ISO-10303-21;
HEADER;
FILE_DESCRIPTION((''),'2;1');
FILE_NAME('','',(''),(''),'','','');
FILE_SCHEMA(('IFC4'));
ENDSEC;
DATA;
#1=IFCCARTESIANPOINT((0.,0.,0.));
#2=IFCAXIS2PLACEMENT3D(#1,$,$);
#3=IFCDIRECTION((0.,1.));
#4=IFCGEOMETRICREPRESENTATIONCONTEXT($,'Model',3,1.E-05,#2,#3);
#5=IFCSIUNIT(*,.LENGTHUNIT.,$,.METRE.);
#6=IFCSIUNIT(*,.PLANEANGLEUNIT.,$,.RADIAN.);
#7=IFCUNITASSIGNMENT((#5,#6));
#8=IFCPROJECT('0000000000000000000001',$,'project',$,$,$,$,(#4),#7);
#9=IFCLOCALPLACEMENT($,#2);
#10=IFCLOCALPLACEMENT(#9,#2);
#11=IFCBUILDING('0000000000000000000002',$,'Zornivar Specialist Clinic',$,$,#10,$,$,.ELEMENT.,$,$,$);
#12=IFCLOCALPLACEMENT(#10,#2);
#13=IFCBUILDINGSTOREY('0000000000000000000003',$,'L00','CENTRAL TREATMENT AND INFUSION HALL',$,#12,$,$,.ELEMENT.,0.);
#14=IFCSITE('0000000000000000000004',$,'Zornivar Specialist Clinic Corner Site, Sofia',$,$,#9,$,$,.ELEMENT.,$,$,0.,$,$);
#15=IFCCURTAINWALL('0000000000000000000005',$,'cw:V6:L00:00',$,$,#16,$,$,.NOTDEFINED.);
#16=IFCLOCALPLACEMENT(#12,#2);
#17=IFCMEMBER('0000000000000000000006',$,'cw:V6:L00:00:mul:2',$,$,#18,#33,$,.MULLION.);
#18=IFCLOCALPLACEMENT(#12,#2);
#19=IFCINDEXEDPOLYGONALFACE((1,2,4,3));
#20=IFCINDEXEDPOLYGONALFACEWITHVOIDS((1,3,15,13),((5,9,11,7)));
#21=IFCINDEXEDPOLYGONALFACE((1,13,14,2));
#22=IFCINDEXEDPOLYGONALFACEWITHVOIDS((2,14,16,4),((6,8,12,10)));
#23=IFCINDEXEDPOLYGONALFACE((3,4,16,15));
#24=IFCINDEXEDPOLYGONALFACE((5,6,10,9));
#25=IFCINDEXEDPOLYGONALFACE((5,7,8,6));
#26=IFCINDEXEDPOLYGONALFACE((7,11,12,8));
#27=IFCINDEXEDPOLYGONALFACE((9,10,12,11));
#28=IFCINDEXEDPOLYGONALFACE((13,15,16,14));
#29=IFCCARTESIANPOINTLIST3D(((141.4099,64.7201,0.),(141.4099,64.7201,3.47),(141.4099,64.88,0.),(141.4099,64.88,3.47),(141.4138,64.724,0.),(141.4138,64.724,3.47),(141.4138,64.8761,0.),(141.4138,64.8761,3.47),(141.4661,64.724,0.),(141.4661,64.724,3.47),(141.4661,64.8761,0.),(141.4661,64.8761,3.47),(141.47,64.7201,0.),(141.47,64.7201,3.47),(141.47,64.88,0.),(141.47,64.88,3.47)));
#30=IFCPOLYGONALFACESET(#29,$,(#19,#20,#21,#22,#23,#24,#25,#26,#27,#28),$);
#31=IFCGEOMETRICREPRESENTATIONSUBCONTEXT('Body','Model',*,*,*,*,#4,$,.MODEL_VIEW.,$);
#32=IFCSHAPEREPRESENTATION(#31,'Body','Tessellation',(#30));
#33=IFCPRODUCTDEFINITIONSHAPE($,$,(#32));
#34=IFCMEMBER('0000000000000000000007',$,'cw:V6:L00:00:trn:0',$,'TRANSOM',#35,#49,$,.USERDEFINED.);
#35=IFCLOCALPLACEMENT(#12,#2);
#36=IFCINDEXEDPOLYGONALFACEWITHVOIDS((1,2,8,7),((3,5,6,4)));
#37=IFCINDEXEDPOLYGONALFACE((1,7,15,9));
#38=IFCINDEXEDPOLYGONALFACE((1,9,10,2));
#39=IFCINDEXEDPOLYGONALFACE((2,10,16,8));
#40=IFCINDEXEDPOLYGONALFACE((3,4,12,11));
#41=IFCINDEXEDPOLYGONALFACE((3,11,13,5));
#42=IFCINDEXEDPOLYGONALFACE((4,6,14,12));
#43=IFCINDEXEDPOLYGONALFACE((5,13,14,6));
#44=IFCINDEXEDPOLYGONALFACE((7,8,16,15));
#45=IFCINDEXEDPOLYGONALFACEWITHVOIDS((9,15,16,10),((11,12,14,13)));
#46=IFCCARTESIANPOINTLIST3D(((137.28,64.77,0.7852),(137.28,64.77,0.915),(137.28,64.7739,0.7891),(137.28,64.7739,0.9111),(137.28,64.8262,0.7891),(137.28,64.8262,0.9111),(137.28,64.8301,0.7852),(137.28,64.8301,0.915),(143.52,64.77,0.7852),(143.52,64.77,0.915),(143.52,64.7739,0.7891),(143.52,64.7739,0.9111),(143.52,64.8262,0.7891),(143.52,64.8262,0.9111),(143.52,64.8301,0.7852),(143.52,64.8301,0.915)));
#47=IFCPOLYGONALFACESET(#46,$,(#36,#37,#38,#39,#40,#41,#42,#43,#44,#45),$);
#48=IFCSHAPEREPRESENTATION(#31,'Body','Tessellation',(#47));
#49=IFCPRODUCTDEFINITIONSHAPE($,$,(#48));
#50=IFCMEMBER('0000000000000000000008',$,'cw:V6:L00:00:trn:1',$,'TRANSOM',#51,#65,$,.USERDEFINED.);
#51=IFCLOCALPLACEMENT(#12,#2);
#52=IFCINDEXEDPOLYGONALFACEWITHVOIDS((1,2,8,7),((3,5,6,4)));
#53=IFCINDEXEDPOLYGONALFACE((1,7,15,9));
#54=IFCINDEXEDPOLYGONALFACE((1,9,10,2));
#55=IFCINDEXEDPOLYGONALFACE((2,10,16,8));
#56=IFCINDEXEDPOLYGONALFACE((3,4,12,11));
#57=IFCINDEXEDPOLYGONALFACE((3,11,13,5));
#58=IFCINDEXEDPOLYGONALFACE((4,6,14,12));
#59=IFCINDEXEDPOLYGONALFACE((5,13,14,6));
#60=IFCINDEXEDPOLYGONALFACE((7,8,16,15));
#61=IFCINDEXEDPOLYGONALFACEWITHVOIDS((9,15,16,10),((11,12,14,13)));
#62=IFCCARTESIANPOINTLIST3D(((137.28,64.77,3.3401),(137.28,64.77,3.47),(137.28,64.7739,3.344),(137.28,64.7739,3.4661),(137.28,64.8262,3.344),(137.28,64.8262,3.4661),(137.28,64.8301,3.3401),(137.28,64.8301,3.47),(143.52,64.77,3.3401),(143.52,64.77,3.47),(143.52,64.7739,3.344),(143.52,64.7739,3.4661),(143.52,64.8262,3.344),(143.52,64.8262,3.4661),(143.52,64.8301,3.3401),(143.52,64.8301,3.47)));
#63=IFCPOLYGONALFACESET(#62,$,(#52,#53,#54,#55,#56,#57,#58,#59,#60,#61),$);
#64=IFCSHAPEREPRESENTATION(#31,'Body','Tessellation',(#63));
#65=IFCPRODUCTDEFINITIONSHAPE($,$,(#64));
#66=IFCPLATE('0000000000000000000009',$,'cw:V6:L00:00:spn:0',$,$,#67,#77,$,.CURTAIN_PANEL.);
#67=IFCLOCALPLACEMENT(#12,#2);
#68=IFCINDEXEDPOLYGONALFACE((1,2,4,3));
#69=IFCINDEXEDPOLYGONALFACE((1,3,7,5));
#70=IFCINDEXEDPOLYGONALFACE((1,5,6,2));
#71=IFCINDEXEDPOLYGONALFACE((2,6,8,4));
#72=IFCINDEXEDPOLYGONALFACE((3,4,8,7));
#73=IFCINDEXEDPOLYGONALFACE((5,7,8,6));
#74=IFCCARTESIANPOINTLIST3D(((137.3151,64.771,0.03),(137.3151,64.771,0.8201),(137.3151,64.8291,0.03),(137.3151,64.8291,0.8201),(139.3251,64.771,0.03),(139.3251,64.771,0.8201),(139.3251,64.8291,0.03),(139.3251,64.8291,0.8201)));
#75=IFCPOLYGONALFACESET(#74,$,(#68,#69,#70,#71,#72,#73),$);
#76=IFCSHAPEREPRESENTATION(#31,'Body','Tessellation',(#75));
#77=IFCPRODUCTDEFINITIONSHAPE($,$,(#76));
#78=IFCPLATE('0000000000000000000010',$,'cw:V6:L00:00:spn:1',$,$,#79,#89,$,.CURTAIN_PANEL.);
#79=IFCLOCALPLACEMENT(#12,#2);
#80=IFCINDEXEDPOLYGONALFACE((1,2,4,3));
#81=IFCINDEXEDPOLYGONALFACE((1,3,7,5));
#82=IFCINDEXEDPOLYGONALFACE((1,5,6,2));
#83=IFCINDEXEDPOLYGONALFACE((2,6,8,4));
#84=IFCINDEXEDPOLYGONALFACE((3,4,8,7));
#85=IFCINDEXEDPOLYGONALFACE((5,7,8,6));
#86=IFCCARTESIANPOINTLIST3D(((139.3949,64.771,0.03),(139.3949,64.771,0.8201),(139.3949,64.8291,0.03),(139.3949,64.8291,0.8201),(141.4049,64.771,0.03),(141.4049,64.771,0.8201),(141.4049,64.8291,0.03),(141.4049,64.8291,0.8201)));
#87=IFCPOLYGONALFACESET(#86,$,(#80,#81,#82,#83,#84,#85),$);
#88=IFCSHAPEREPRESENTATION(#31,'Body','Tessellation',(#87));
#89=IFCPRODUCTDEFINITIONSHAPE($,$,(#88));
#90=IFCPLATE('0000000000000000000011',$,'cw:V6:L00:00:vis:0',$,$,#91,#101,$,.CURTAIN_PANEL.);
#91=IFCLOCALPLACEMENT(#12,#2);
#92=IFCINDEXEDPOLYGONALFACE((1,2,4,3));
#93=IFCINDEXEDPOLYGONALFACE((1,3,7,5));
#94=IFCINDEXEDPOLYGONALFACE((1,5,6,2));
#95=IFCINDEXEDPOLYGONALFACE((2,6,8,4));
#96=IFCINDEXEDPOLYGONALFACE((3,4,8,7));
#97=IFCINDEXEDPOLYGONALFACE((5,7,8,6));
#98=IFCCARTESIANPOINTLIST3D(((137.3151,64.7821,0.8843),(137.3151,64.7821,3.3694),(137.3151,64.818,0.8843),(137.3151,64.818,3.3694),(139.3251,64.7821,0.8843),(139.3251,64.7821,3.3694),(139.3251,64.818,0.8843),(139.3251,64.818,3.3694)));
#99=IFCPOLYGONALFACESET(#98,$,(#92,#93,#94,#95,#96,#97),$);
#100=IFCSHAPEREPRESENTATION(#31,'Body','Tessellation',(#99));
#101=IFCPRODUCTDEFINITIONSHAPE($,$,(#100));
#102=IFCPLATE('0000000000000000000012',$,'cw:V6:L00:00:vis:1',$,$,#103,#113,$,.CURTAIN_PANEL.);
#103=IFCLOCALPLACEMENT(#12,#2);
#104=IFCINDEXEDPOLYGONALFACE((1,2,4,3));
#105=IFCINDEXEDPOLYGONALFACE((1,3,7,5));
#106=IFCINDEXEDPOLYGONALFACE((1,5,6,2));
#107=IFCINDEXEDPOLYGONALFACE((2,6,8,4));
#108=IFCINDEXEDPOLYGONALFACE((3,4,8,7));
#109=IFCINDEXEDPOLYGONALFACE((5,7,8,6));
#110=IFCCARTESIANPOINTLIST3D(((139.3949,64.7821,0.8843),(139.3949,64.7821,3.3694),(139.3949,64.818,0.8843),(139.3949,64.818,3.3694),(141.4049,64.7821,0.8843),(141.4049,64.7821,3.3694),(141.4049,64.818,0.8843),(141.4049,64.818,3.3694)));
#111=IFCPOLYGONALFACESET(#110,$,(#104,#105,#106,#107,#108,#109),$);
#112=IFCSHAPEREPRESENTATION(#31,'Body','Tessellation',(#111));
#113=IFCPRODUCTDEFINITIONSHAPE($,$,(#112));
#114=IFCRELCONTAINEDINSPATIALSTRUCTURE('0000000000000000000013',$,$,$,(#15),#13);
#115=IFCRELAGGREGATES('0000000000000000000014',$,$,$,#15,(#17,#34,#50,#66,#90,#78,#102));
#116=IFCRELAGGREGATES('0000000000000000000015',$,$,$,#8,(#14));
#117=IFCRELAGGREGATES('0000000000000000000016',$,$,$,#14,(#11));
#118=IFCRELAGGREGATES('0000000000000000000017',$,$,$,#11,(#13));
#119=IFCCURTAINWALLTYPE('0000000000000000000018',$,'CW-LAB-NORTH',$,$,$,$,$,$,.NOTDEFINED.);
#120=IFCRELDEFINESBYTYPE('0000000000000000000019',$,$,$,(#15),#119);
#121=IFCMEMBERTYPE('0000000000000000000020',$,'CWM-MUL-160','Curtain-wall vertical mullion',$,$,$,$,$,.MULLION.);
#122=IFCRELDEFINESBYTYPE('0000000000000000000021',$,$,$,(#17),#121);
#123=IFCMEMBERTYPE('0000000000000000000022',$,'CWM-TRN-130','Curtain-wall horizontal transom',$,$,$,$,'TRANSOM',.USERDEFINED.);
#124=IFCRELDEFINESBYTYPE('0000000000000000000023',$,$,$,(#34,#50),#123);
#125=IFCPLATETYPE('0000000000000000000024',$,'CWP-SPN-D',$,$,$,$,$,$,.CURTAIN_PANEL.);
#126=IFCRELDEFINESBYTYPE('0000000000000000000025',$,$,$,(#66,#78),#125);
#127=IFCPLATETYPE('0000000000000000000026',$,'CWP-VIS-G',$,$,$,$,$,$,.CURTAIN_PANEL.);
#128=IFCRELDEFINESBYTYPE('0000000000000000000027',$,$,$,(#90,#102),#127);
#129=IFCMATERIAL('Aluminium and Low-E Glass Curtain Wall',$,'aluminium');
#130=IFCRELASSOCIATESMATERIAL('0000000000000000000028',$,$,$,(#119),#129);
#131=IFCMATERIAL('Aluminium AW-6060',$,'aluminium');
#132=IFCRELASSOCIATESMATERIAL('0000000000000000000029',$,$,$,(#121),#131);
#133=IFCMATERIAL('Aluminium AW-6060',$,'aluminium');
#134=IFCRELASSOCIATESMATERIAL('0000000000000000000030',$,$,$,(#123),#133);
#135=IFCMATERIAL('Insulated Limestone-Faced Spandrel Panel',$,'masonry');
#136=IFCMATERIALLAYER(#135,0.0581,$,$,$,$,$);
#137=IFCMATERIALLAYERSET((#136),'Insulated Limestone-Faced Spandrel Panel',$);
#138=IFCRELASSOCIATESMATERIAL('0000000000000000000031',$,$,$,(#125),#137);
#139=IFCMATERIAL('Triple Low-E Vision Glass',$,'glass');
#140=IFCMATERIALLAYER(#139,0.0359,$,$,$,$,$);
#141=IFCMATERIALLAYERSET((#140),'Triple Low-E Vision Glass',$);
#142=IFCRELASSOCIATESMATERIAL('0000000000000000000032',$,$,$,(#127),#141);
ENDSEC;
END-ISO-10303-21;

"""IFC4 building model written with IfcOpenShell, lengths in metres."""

from ifc_helpers import new_model, si_unit, direction, frame, origin, origin_2d, place, context, subcontext, project, spatial, rectangle, hollow_rectangle, extrude, material, layer, layer_set, material_profile, profile_set, type_object, element, aggregate, save


model = new_model("IFC4")

# Units and contexts
model_context = context("Model", 3, precision=1e-05, world=origin(), true_north=direction((0.0, 1.0)))
body_context = subcontext(model_context, "Body", "Model", "MODEL_VIEW")
ifc_project = project(units=[si_unit("LENGTHUNIT", "METRE"), si_unit("PLANEANGLEUNIT", "RADIAN")], contexts=[model_context])

# Site, building, storey
site_placement = place(None, origin())
site = spatial("IfcSite", under=ifc_project, at=site_placement, Name="Zornivar Specialist Clinic Corner Site, Sofia", CompositionType="ELEMENT", RefElevation=0.0)
building_placement = place(site_placement, origin())
building = spatial("IfcBuilding", under=site, at=building_placement, Name="Zornivar Specialist Clinic", CompositionType="ELEMENT")
storey_placement = place(building_placement, origin())
storey = spatial("IfcBuildingStorey", under=building, at=storey_placement, Name="L00", Description="CENTRAL TREATMENT AND INFUSION HALL", CompositionType="ELEMENT", Elevation=0.0)

# Curtain wall, members, plates
ifc_material_1 = material(Name="Aluminium and Low-E Glass Curtain Wall", Category="aluminium")
curtain_wall_type = type_object("IfcCurtainWallType", Name="CW-LAB-NORTH", PredefinedType="NOTDEFINED", material=ifc_material_1)
curtain_wall_placement = place(storey_placement, origin())
curtain_wall = element("IfcCurtainWall", 1, at=curtain_wall_placement, inside=storey, type_object=curtain_wall_type, Name="cw:V6:L00:00", PredefinedType="NOTDEFINED")
ifc_material_2 = material(Name="Aluminium AW-6060", Category="aluminium")
ifc_material_profile_1 = material_profile(ifc_material_2, hollow_rectangle(XDim=0.0601, YDim=0.1599, WallThickness=0.0039, at=origin_2d()), Name="ALU 60x160x4")
ifc_profile_set_1 = profile_set([ifc_material_profile_1], Name="Aluminium AW-6060")
member_type_1 = type_object("IfcMemberType", Name="CWM-MUL-160", Description="Curtain-wall vertical mullion", PredefinedType="MULLION", material=ifc_profile_set_1)
member_1_placement = place(storey_placement, frame((141.4399, 64.8, 0.0), z_axis=(0.0, 0.0, 1.0), x_axis=(1.0, 0.0, 0.0)))
member_1 = element("IfcMember", 2, at=member_1_placement, type_object=member_type_1, Name="cw:V6:L00:00:mul:2", PredefinedType="MULLION", context=body_context, shape_type="SweptSolid", body=[
    extrude(hollow_rectangle(XDim=0.0601, YDim=0.1599, WallThickness=0.0039, at=origin_2d()), origin(), (0.0, 0.0, 1.0), 3.47),
])
ifc_material_3 = material(Name="Aluminium AW-6060", Category="aluminium")
ifc_material_profile_2 = material_profile(ifc_material_3, hollow_rectangle(XDim=0.0601, YDim=0.1299, WallThickness=0.0039, at=origin_2d()), Name="ALU 60x130x4")
ifc_profile_set_2 = profile_set([ifc_material_profile_2], Name="Aluminium AW-6060")
member_type_2 = type_object("IfcMemberType", Name="CWM-TRN-130", Description="Curtain-wall horizontal transom", ElementType="TRANSOM", PredefinedType="USERDEFINED", material=ifc_profile_set_2)
member_2_placement = place(storey_placement, frame((137.28, 64.8, 0.8501), z_axis=(1.0, 0.0, 0.0), x_axis=(0.0, 1.0, 0.0)))
member_2 = element("IfcMember", 3, at=member_2_placement, type_object=member_type_2, Name="cw:V6:L00:00:trn:0", ObjectType="TRANSOM", PredefinedType="USERDEFINED", context=body_context, shape_type="SweptSolid", body=[
    extrude(hollow_rectangle(XDim=0.0601, YDim=0.1299, WallThickness=0.0039, at=origin_2d()), origin(), (0.0, 0.0, 1.0), 6.24),
])
member_3_placement = place(storey_placement, frame((137.28, 64.8, 3.405), z_axis=(1.0, 0.0, 0.0), x_axis=(0.0, 1.0, 0.0)))
member_3 = element("IfcMember", 4, at=member_3_placement, type_object=member_type_2, Name="cw:V6:L00:00:trn:1", ObjectType="TRANSOM", PredefinedType="USERDEFINED", context=body_context, shape_type="SweptSolid", body=[
    extrude(hollow_rectangle(XDim=0.0601, YDim=0.1299, WallThickness=0.0039, at=origin_2d()), origin(), (0.0, 0.0, 1.0), 6.24),
])
ifc_material_4 = material(Name="Insulated Limestone-Faced Spandrel Panel", Category="masonry")
ifc_layer_1 = layer(ifc_material_4, 0.0581)
ifc_layer_set_1 = layer_set([ifc_layer_1], Name="Insulated Limestone-Faced Spandrel Panel")
plate_type_1 = type_object("IfcPlateType", Name="CWP-SPN-D", PredefinedType="CURTAIN_PANEL", material=ifc_layer_set_1)
plate_1_placement = place(storey_placement, frame((138.3201, 64.8, 0.03), z_axis=(0.0, 0.0, 1.0), x_axis=(1.0, 0.0, 0.0)))
plate_1 = element("IfcPlate", 5, at=plate_1_placement, type_object=plate_type_1, Name="cw:V6:L00:00:spn:0", PredefinedType="CURTAIN_PANEL", context=body_context, shape_type="SweptSolid", body=[
    extrude(rectangle(XDim=2.01, YDim=0.0581, at=origin_2d()), origin(), (0.0, 0.0, 1.0), 0.79),
])
plate_2_placement = place(storey_placement, frame((140.3999, 64.8, 0.03), z_axis=(0.0, 0.0, 1.0), x_axis=(1.0, 0.0, 0.0)))
plate_2 = element("IfcPlate", 6, at=plate_2_placement, type_object=plate_type_1, Name="cw:V6:L00:00:spn:1", PredefinedType="CURTAIN_PANEL", context=body_context, shape_type="SweptSolid", body=[
    extrude(rectangle(XDim=2.01, YDim=0.0581, at=origin_2d()), origin(), (0.0, 0.0, 1.0), 0.79),
])
ifc_material_5 = material(Name="Triple Low-E Vision Glass", Category="glass")
ifc_layer_2 = layer(ifc_material_5, 0.0359)
ifc_layer_set_2 = layer_set([ifc_layer_2], Name="Triple Low-E Vision Glass")
plate_type_2 = type_object("IfcPlateType", Name="CWP-VIS-G", PredefinedType="CURTAIN_PANEL", material=ifc_layer_set_2)
plate_3_placement = place(storey_placement, frame((138.3201, 64.8, 0.8843), z_axis=(0.0, 0.0, 1.0), x_axis=(1.0, 0.0, 0.0)))
plate_3 = element("IfcPlate", 7, at=plate_3_placement, type_object=plate_type_2, Name="cw:V6:L00:00:vis:0", PredefinedType="CURTAIN_PANEL", context=body_context, shape_type="SweptSolid", body=[
    extrude(rectangle(XDim=2.01, YDim=0.0359, at=origin_2d()), origin(), (0.0, 0.0, 1.0), 2.4851),
])
plate_4_placement = place(storey_placement, frame((140.3999, 64.8, 0.8843), z_axis=(0.0, 0.0, 1.0), x_axis=(1.0, 0.0, 0.0)))
plate_4 = element("IfcPlate", 8, at=plate_4_placement, type_object=plate_type_2, Name="cw:V6:L00:00:vis:1", PredefinedType="CURTAIN_PANEL", context=body_context, shape_type="SweptSolid", body=[
    extrude(rectangle(XDim=2.01, YDim=0.0359, at=origin_2d()), origin(), (0.0, 0.0, 1.0), 2.4851),
])
aggregate(curtain_wall, [member_1, member_2, member_3, plate_1, plate_3, plate_2, plate_4])

save(model, "model.ifc")
